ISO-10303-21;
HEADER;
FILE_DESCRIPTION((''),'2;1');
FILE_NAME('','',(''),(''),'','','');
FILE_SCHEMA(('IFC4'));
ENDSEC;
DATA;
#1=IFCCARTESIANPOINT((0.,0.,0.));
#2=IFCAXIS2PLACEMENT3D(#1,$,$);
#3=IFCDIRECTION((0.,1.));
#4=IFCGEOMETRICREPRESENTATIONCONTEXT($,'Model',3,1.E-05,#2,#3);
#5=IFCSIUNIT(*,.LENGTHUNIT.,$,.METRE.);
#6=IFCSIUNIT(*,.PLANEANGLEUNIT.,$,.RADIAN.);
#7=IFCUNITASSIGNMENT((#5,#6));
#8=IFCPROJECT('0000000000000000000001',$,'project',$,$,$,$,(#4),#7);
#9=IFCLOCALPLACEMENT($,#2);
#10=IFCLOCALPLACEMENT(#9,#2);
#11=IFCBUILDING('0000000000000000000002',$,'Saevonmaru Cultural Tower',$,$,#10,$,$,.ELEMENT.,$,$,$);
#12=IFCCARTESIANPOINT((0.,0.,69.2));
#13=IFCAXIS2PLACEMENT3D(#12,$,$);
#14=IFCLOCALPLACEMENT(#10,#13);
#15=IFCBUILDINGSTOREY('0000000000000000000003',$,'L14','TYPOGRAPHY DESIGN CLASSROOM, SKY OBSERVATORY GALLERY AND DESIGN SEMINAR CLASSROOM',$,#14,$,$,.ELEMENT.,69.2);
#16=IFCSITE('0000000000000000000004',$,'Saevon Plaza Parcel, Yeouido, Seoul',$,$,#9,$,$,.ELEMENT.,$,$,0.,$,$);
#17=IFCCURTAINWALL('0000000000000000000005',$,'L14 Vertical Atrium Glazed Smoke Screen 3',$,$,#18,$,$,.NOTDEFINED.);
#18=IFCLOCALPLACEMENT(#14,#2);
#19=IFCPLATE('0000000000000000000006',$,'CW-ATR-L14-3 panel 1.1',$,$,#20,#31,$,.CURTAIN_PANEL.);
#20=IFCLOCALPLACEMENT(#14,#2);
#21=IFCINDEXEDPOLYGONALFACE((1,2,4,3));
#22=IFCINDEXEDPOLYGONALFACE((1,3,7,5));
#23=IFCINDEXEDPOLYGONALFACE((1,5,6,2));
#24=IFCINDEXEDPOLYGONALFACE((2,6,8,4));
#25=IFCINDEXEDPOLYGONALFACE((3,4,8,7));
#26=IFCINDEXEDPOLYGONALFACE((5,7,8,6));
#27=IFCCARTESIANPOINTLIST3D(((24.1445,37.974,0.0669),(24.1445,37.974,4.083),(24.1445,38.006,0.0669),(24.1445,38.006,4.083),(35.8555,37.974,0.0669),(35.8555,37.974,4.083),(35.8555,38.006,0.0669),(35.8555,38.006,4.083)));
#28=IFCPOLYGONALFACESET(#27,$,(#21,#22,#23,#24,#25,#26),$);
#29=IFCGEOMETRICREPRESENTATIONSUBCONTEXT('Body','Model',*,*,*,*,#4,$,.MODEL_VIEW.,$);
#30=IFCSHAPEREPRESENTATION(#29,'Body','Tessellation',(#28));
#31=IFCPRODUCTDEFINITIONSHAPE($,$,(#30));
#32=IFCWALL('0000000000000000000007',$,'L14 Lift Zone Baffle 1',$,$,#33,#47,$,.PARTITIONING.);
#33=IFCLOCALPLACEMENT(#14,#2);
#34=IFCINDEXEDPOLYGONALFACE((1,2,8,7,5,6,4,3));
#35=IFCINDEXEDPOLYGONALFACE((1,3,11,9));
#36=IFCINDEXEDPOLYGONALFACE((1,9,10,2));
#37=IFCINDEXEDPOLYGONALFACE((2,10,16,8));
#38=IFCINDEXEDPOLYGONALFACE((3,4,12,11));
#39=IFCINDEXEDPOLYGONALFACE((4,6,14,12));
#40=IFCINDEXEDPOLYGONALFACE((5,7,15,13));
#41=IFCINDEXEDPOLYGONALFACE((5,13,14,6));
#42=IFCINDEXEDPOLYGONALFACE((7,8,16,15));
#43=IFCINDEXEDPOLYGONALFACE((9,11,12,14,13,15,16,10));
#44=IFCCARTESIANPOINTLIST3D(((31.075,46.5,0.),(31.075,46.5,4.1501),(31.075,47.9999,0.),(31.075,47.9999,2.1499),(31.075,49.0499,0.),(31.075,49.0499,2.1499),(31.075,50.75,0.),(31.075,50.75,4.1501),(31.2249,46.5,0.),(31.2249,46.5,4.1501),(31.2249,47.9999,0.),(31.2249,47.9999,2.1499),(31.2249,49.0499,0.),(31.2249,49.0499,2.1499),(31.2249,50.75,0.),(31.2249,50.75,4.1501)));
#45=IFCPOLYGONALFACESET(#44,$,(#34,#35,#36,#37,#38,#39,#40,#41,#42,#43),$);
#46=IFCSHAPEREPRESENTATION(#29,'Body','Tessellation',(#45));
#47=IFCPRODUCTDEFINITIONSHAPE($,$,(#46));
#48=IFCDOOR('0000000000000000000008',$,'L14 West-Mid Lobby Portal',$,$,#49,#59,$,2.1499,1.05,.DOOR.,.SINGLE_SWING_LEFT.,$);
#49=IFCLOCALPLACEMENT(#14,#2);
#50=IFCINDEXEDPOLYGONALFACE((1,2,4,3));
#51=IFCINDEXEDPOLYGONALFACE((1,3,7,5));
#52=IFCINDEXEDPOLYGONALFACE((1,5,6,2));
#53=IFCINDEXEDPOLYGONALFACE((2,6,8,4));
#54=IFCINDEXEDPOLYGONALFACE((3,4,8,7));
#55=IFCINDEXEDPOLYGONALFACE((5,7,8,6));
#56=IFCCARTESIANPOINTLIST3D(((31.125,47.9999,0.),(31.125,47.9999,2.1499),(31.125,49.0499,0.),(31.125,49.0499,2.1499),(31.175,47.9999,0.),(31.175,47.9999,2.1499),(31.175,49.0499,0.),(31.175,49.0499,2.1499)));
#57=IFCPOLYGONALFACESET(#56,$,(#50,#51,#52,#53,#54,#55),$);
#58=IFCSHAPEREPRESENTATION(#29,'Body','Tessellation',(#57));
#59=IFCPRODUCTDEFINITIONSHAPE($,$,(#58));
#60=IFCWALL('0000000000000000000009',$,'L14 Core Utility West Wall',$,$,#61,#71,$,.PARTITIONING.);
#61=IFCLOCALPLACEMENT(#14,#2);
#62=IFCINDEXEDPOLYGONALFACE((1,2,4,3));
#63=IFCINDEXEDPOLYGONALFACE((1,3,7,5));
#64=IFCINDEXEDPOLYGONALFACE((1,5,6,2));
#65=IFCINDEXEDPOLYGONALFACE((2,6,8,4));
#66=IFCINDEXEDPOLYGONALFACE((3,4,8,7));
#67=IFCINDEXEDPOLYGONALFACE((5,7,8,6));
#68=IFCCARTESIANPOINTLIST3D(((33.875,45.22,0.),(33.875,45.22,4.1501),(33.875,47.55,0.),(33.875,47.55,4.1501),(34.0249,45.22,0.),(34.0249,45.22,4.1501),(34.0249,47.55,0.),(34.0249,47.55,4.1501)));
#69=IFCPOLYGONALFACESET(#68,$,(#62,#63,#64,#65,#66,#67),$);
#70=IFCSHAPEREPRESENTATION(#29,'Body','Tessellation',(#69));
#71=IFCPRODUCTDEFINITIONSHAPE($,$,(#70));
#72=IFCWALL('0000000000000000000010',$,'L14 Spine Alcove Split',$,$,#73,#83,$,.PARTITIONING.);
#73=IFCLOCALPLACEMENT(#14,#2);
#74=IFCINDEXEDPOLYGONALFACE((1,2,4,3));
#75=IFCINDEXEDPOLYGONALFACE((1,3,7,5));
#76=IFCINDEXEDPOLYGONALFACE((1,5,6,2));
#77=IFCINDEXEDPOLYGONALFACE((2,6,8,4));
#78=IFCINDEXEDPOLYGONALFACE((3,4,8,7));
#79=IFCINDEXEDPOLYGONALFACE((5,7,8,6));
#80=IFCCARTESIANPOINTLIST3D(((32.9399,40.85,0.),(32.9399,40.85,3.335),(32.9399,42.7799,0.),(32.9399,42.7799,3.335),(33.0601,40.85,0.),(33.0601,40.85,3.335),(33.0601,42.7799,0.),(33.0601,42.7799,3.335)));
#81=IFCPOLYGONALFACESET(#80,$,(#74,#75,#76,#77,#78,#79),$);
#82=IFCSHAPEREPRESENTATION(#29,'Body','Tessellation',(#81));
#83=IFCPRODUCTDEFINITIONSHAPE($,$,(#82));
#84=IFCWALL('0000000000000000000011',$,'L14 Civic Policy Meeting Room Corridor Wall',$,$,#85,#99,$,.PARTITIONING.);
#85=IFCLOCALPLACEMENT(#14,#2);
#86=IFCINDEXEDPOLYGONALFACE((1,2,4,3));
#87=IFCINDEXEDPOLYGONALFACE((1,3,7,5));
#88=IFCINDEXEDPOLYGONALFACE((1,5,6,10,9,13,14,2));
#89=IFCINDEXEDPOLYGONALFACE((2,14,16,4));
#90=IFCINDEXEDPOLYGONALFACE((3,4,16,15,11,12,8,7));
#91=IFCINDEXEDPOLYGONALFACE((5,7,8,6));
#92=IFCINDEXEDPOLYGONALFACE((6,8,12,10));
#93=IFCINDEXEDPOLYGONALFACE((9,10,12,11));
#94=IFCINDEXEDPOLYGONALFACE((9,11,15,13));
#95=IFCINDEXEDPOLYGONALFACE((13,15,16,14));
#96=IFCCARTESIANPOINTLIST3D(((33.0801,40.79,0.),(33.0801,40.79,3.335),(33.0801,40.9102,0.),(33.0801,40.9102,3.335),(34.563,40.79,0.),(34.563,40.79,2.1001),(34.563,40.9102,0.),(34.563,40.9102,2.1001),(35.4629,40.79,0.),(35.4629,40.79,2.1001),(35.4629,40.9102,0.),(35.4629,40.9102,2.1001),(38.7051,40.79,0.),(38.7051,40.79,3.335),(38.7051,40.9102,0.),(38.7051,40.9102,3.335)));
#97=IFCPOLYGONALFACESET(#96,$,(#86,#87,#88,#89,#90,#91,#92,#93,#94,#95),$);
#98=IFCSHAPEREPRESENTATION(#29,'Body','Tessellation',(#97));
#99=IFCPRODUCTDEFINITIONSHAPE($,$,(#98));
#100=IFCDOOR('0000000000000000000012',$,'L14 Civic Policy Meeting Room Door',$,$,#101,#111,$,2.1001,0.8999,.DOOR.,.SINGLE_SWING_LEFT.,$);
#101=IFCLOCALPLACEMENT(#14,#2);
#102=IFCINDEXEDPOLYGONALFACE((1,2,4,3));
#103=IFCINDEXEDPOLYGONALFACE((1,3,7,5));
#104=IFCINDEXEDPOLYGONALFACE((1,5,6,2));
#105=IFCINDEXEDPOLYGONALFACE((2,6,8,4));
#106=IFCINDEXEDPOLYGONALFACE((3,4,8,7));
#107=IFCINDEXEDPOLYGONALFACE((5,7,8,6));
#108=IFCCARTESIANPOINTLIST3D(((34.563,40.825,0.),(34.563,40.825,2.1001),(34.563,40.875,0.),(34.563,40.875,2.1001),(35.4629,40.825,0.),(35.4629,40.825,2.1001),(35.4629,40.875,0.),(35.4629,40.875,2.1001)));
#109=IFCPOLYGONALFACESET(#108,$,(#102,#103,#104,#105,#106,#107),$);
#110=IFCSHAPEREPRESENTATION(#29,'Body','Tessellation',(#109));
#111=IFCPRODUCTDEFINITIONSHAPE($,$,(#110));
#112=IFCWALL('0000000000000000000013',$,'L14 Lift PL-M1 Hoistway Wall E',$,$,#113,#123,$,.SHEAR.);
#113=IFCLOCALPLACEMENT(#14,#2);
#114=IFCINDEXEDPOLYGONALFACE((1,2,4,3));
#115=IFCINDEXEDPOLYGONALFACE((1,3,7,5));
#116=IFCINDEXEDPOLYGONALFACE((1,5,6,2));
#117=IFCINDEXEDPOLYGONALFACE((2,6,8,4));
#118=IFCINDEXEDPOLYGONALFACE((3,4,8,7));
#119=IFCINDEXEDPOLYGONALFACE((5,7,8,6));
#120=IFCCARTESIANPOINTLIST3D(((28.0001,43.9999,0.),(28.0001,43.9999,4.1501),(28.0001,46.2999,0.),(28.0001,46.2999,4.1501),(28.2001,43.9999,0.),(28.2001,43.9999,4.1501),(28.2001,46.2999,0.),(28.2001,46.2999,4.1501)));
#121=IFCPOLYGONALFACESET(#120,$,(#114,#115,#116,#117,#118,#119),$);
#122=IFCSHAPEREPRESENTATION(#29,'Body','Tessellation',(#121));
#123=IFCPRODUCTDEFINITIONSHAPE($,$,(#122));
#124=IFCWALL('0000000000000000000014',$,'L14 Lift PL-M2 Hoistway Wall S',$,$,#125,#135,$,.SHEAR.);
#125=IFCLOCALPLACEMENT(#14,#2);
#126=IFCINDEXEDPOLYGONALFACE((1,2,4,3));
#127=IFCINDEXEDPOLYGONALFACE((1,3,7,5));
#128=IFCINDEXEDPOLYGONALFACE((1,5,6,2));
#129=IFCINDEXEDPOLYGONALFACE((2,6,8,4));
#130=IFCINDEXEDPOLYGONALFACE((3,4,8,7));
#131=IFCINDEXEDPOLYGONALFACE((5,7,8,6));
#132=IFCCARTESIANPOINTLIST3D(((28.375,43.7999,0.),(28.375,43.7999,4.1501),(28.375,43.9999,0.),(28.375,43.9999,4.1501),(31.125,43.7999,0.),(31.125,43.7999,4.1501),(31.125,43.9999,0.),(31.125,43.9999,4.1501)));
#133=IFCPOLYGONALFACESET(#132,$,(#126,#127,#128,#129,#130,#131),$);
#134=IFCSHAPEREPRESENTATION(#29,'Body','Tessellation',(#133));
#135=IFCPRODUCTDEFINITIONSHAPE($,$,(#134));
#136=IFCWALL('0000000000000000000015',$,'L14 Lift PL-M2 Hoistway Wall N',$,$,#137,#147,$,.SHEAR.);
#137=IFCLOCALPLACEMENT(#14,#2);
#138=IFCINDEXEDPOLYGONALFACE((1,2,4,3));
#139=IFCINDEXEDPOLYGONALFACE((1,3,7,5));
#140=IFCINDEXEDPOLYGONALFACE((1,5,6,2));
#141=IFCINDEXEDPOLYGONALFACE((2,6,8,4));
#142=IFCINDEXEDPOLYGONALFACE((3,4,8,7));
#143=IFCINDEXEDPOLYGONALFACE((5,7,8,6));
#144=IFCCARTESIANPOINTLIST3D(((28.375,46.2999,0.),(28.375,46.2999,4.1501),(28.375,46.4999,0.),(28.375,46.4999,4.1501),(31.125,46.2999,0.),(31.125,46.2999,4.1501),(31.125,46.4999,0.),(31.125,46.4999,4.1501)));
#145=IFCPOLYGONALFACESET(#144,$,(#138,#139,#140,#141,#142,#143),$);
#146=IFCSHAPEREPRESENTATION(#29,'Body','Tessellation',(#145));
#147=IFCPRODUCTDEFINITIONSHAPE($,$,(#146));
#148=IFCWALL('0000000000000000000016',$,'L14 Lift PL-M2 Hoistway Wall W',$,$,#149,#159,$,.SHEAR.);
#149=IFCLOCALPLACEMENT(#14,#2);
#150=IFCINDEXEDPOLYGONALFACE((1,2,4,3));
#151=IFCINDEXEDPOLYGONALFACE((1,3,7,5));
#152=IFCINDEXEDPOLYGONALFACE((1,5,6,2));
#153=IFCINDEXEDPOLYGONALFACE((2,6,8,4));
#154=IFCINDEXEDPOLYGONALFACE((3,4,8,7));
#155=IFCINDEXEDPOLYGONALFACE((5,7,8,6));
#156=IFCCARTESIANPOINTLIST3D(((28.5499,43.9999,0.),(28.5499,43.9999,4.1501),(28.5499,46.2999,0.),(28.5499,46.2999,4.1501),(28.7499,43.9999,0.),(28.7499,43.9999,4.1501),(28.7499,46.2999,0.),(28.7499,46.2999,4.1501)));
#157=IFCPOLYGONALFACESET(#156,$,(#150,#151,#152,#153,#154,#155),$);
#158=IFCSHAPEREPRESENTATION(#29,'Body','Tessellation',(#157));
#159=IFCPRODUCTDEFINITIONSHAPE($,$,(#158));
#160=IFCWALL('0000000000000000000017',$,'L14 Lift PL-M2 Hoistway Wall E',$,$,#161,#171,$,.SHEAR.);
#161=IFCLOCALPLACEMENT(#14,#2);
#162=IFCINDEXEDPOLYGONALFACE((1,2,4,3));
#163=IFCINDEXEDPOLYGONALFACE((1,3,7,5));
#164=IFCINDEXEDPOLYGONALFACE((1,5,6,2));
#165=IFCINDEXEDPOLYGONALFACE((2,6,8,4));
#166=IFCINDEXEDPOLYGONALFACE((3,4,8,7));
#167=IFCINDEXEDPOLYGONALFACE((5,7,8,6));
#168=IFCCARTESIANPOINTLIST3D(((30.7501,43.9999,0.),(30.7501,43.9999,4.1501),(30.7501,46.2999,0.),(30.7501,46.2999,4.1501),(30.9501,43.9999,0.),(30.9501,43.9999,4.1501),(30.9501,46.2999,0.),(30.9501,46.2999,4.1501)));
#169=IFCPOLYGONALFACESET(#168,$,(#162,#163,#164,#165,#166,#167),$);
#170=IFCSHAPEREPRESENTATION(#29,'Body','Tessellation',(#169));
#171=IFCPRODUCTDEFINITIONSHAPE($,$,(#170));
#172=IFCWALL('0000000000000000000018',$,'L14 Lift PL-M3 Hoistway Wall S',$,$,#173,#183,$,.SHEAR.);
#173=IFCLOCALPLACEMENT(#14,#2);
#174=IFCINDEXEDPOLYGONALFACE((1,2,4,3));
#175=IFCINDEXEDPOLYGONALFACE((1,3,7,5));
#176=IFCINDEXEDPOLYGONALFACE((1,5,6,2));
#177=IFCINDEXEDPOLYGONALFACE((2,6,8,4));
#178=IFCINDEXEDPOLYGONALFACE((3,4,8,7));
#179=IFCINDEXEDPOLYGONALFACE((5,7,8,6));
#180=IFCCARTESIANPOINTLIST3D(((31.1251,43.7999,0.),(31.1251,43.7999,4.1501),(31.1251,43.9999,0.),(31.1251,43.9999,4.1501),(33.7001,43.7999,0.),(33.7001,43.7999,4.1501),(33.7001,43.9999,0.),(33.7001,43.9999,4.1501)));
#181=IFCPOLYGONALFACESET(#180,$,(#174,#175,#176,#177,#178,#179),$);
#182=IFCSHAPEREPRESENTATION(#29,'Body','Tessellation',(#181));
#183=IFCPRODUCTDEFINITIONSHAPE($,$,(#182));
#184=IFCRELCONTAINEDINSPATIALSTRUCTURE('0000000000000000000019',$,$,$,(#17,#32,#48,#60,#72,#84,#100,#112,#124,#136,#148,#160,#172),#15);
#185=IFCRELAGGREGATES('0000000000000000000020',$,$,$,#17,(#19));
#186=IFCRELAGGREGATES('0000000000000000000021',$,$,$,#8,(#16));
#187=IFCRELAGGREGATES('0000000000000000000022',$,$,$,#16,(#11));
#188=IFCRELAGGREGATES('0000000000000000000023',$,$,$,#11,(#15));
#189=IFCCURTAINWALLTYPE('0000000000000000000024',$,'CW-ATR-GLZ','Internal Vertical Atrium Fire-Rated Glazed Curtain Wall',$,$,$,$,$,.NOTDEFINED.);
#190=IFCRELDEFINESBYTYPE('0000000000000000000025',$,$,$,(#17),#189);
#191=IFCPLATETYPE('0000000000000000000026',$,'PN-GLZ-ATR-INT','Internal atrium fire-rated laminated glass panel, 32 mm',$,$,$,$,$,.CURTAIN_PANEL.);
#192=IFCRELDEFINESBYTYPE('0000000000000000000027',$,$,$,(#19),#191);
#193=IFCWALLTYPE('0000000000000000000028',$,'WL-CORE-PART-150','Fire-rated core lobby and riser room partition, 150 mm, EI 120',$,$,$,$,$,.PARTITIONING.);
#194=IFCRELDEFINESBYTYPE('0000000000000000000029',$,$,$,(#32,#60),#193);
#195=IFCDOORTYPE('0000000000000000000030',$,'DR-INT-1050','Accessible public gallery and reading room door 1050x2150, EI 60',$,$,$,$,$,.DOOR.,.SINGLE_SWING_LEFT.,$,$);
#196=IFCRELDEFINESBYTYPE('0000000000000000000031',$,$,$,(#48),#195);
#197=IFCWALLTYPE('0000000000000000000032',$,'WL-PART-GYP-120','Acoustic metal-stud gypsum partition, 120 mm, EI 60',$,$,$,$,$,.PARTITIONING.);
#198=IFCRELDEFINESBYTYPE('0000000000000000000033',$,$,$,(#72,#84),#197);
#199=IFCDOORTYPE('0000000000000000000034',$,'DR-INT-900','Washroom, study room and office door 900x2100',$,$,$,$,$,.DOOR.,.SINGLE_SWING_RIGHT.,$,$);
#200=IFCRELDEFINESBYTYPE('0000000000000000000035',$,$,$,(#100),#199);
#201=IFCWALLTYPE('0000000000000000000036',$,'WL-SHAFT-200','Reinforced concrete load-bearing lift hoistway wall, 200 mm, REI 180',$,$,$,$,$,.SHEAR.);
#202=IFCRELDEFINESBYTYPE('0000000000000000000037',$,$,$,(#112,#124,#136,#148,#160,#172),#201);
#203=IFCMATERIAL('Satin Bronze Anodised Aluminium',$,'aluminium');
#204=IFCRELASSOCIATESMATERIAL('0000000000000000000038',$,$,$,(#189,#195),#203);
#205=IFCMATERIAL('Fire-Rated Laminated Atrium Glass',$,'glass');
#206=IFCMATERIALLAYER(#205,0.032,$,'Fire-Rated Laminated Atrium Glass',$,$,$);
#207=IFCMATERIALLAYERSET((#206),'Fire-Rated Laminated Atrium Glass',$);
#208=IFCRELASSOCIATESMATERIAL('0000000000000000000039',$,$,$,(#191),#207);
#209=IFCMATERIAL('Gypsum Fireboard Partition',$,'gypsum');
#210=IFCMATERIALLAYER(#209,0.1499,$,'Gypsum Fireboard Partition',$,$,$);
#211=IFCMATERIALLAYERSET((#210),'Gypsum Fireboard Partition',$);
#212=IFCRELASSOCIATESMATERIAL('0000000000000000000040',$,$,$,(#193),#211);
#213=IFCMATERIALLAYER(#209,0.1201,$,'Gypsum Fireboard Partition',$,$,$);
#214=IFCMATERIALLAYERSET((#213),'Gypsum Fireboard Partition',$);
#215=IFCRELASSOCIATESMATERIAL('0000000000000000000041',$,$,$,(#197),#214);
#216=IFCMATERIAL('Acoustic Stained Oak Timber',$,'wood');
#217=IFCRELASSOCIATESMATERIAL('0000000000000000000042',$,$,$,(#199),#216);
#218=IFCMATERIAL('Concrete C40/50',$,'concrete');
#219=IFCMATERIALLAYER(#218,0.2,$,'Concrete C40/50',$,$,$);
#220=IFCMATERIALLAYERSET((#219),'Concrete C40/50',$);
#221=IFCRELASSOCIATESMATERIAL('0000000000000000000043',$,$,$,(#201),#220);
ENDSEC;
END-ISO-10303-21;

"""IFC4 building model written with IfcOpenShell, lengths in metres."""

from ifc_helpers import new_model, si_unit, direction, frame, frame_2d, origin, origin_2d, place, context, subcontext, project, spatial, rectangle, extrude, material, layer, layer_set, type_object, element, fill, aggregate, save


model = new_model("IFC4")

# Units and contexts
model_context = context("Model", 3, precision=1e-05, world=origin(), true_north=direction((0.0, 1.0)))
body_context = subcontext(model_context, "Body", "Model", "MODEL_VIEW")
ifc_project = project(units=[si_unit("LENGTHUNIT", "METRE"), si_unit("PLANEANGLEUNIT", "RADIAN")], contexts=[model_context])

# Site, building, storey
site_placement = place(None, origin())
site = spatial("IfcSite", under=ifc_project, at=site_placement, Name="Saevon Plaza Parcel, Yeouido, Seoul", CompositionType="ELEMENT", RefElevation=0.0)
building_placement = place(site_placement, origin())
building = spatial("IfcBuilding", under=site, at=building_placement, Name="Saevonmaru Cultural Tower", CompositionType="ELEMENT")
storey_placement = place(building_placement, frame((0.0, 0.0, 69.2)))
storey = spatial("IfcBuildingStorey", under=building, at=storey_placement, Name="L14", Description="TYPOGRAPHY DESIGN CLASSROOM, SKY OBSERVATORY GALLERY AND DESIGN SEMINAR CLASSROOM", CompositionType="ELEMENT", Elevation=69.2)

# Curtain wall, plate
ifc_material_1 = material(Name="Satin Bronze Anodised Aluminium", Category="aluminium")
curtain_wall_type = type_object("IfcCurtainWallType", Name="CW-ATR-GLZ", Description="Internal Vertical Atrium Fire-Rated Glazed Curtain Wall", PredefinedType="NOTDEFINED", material=ifc_material_1)
curtain_wall_placement = place(storey_placement, origin())
curtain_wall = element("IfcCurtainWall", 1, at=curtain_wall_placement, inside=storey, type_object=curtain_wall_type, Name="L14 Vertical Atrium Glazed Smoke Screen 3", PredefinedType="NOTDEFINED")
ifc_material_2 = material(Name="Fire-Rated Laminated Atrium Glass", Category="glass")
ifc_layer_1 = layer(ifc_material_2, 0.032, Name="Fire-Rated Laminated Atrium Glass")
ifc_layer_set_1 = layer_set([ifc_layer_1], Name="Fire-Rated Laminated Atrium Glass")
plate_type = type_object("IfcPlateType", Name="PN-GLZ-ATR-INT", Description="Internal atrium fire-rated laminated glass panel, 32 mm", PredefinedType="CURTAIN_PANEL", material=ifc_layer_set_1)
plate_placement = place(storey_placement, frame((30.0, 37.99, 0.0669), z_axis=(0.0, 0.0, 1.0), x_axis=(-1.0, 0.0, 0.0)))
plate = element("IfcPlate", 2, at=plate_placement, type_object=plate_type, Name="CW-ATR-L14-3 panel 1.1", PredefinedType="CURTAIN_PANEL", context=body_context, shape_type="SweptSolid", body=[
    extrude(rectangle(XDim=11.7109, YDim=0.032, at=origin_2d()), origin(), (0.0, 0.0, 1.0), 4.0161),
])
aggregate(curtain_wall, [plate])

# Wall, opening, door
ifc_material_3 = material(Name="Gypsum Fireboard Partition", Category="gypsum")
ifc_layer_2 = layer(ifc_material_3, 0.1499, Name="Gypsum Fireboard Partition")
ifc_layer_set_2 = layer_set([ifc_layer_2], Name="Gypsum Fireboard Partition")
wall_type_1 = type_object("IfcWallType", Name="WL-CORE-PART-150", Description="Fire-rated core lobby and riser room partition, 150 mm, EI 120", PredefinedType="PARTITIONING", material=ifc_layer_set_2)
wall_1_placement = place(storey_placement, frame((31.1499, 46.5, 0.0), z_axis=(0.0, 0.0, 1.0), x_axis=(0.0, 1.0, 0.0)))
wall_1 = element("IfcWall", 3, at=wall_1_placement, inside=storey, type_object=wall_type_1, Name="L14 Lift Zone Baffle 1", PredefinedType="PARTITIONING", context=body_context, shape_type="SweptSolid", body=[
    extrude(rectangle(XDim=4.25, YDim=0.1499, at=frame_2d((2.125, 0.0))), origin(), (0.0, 0.0, 1.0), 4.1501),
])
opening_1_placement = place(wall_1_placement, frame((1.5, 0.0, 0.0)))
opening_1 = element("IfcOpeningElement", 4, at=opening_1_placement, cuts=wall_1, PredefinedType="OPENING", context=body_context, shape_type="SweptSolid", body=[
    extrude(rectangle(XDim=1.05, YDim=2.1499, at=frame_2d((0.5249, 1.075))), frame((0.0, 0.085, 0.0), z_axis=(0.0, -1.0, 0.0), x_axis=(1.0, 0.0, 0.0)), (0.0, 0.0, 1.0), 0.1699),
])
door_type_1 = type_object("IfcDoorType", Name="DR-INT-1050", Description="Accessible public gallery and reading room door 1050x2150, EI 60", OperationType="SINGLE_SWING_LEFT", PredefinedType="DOOR", material=ifc_material_1)
door_1_placement = place(opening_1_placement, origin())
door_1 = element("IfcDoor", 5, at=door_1_placement, inside=storey, type_object=door_type_1, Name="L14 West-Mid Lobby Portal", OperationType="SINGLE_SWING_LEFT", OverallHeight=2.1499, OverallWidth=1.05, PredefinedType="DOOR", context=body_context, shape_type="SweptSolid", body=[
    extrude(rectangle(XDim=1.05, YDim=2.1499, at=frame_2d((0.5249, 1.075))), frame((0.0, 0.0249, 0.0), z_axis=(0.0, -1.0, 0.0), x_axis=(1.0, 0.0, 0.0)), (0.0, 0.0, 1.0), 0.05),
])
fill(opening_1, door_1)

# Walls
wall_2_placement = place(storey_placement, frame((33.95, 45.22, 0.0), z_axis=(0.0, 0.0, 1.0), x_axis=(0.0, 1.0, 0.0)))
element("IfcWall", 6, at=wall_2_placement, inside=storey, type_object=wall_type_1, Name="L14 Core Utility West Wall", PredefinedType="PARTITIONING", context=body_context, shape_type="SweptSolid", body=[
    extrude(rectangle(XDim=2.3301, YDim=0.1499, at=frame_2d((1.165, 0.0))), origin(), (0.0, 0.0, 1.0), 4.1501),
])
ifc_layer_3 = layer(ifc_material_3, 0.1201, Name="Gypsum Fireboard Partition")
ifc_layer_set_3 = layer_set([ifc_layer_3], Name="Gypsum Fireboard Partition")
wall_type_2 = type_object("IfcWallType", Name="WL-PART-GYP-120", Description="Acoustic metal-stud gypsum partition, 120 mm, EI 60", PredefinedType="PARTITIONING", material=ifc_layer_set_3)
wall_3_placement = place(storey_placement, frame((33.0, 40.8501, 0.0), z_axis=(0.0, 0.0, 1.0), x_axis=(0.0, 1.0, 0.0)))
element("IfcWall", 7, at=wall_3_placement, inside=storey, type_object=wall_type_2, Name="L14 Spine Alcove Split", PredefinedType="PARTITIONING", context=body_context, shape_type="SweptSolid", body=[
    extrude(rectangle(XDim=1.9299, YDim=0.1201, at=frame_2d((0.9648, 0.0))), origin(), (0.0, 0.0, 1.0), 3.335),
])

# Wall, opening, door
wall_4_placement = place(storey_placement, frame((33.0801, 40.8501, 0.0), z_axis=(0.0, 0.0, 1.0), x_axis=(1.0, 0.0, 0.0)))
wall_4 = element("IfcWall", 8, at=wall_4_placement, inside=storey, type_object=wall_type_2, Name="L14 Civic Policy Meeting Room Corridor Wall", PredefinedType="PARTITIONING", context=body_context, shape_type="SweptSolid", body=[
    extrude(rectangle(XDim=5.625, YDim=0.1201, at=frame_2d((2.8125, 0.0))), origin(), (0.0, 0.0, 1.0), 3.335),
])
opening_2_placement = place(wall_4_placement, frame((1.4829, 0.0, 0.0)))
opening_2 = element("IfcOpeningElement", 9, at=opening_2_placement, cuts=wall_4, PredefinedType="OPENING", context=body_context, shape_type="SweptSolid", body=[
    extrude(rectangle(XDim=0.8999, YDim=2.1001, at=frame_2d((0.45, 1.05))), frame((0.0, 0.0701, 0.0), z_axis=(0.0, -1.0, 0.0), x_axis=(1.0, 0.0, 0.0)), (0.0, 0.0, 1.0), 0.1401),
])
ifc_material_4 = material(Name="Acoustic Stained Oak Timber", Category="wood")
door_type_2 = type_object("IfcDoorType", Name="DR-INT-900", Description="Washroom, study room and office door 900x2100", OperationType="SINGLE_SWING_RIGHT", PredefinedType="DOOR", material=ifc_material_4)
door_2_placement = place(opening_2_placement, origin())
door_2 = element("IfcDoor", 10, at=door_2_placement, inside=storey, type_object=door_type_2, Name="L14 Civic Policy Meeting Room Door", OperationType="SINGLE_SWING_LEFT", OverallHeight=2.1001, OverallWidth=0.8999, PredefinedType="DOOR", context=body_context, shape_type="SweptSolid", body=[
    extrude(rectangle(XDim=0.8999, YDim=2.1001, at=frame_2d((0.45, 1.05))), frame((0.0, 0.0249, 0.0), z_axis=(0.0, -1.0, 0.0), x_axis=(1.0, 0.0, 0.0)), (0.0, 0.0, 1.0), 0.05),
])
fill(opening_2, door_2)

# Walls
ifc_material_5 = material(Name="Concrete C40/50", Category="concrete")
ifc_layer_4 = layer(ifc_material_5, 0.2, Name="Concrete C40/50")
ifc_layer_set_4 = layer_set([ifc_layer_4], Name="Concrete C40/50")
wall_type_3 = type_object("IfcWallType", Name="WL-SHAFT-200", Description="Reinforced concrete load-bearing lift hoistway wall, 200 mm, REI 180", PredefinedType="SHEAR", material=ifc_layer_set_4)
wall_5_placement = place(storey_placement, frame((28.1001, 44.0, 0.0), z_axis=(0.0, 0.0, 1.0), x_axis=(0.0, 1.0, 0.0)))
element("IfcWall", 11, at=wall_5_placement, inside=storey, type_object=wall_type_3, Name="L14 Lift PL-M1 Hoistway Wall E", PredefinedType="SHEAR", context=body_context, shape_type="SweptSolid", body=[
    extrude(rectangle(XDim=2.3, YDim=0.2, at=frame_2d((1.1499, 0.0))), origin(), (0.0, 0.0, 1.0), 4.1501),
])
for number, where, z_axis, x_axis, name in (
    (12, (28.375, 43.8999, 0.0), (0.0, 0.0, 1.0), (1.0, 0.0, 0.0), "L14 Lift PL-M2 Hoistway Wall S"),
    (13, (28.375, 46.3999, 0.0), (0.0, 0.0, 1.0), (1.0, 0.0, 0.0), "L14 Lift PL-M2 Hoistway Wall N"),
):
    element("IfcWall", number, at=place(storey_placement, frame(where, z_axis=z_axis, x_axis=x_axis)), inside=storey, type_object=wall_type_3, Name=name, PredefinedType="SHEAR", context=body_context, shape_type="SweptSolid", body=[
        extrude(rectangle(XDim=2.75, YDim=0.2, at=frame_2d((1.375, 0.0))), origin(), (0.0, 0.0, 1.0), 4.1501),
    ])
for number, where, z_axis, x_axis, name in (
    (14, (28.6499, 44.0, 0.0), (0.0, 0.0, 1.0), (0.0, 1.0, 0.0), "L14 Lift PL-M2 Hoistway Wall W"),
    (15, (30.8501, 44.0, 0.0), (0.0, 0.0, 1.0), (0.0, 1.0, 0.0), "L14 Lift PL-M2 Hoistway Wall E"),
):
    element("IfcWall", number, at=place(storey_placement, frame(where, z_axis=z_axis, x_axis=x_axis)), inside=storey, type_object=wall_type_3, Name=name, PredefinedType="SHEAR", context=body_context, shape_type="SweptSolid", body=[
        extrude(rectangle(XDim=2.3, YDim=0.2, at=frame_2d((1.1499, 0.0))), origin(), (0.0, 0.0, 1.0), 4.1501),
    ])
for number, where, z_axis, x_axis, name in (
    (16, (31.125, 43.8999, 0.0), (0.0, 0.0, 1.0), (1.0, 0.0, 0.0), "L14 Lift PL-M3 Hoistway Wall S"),
):
    element("IfcWall", number, at=place(storey_placement, frame(where, z_axis=z_axis, x_axis=x_axis)), inside=storey, type_object=wall_type_3, Name=name, PredefinedType="SHEAR", context=body_context, shape_type="SweptSolid", body=[
        extrude(rectangle(XDim=2.575, YDim=0.2, at=frame_2d((1.2876, 0.0))), origin(), (0.0, 0.0, 1.0), 4.1501),
    ])

save(model, "model.ifc")
